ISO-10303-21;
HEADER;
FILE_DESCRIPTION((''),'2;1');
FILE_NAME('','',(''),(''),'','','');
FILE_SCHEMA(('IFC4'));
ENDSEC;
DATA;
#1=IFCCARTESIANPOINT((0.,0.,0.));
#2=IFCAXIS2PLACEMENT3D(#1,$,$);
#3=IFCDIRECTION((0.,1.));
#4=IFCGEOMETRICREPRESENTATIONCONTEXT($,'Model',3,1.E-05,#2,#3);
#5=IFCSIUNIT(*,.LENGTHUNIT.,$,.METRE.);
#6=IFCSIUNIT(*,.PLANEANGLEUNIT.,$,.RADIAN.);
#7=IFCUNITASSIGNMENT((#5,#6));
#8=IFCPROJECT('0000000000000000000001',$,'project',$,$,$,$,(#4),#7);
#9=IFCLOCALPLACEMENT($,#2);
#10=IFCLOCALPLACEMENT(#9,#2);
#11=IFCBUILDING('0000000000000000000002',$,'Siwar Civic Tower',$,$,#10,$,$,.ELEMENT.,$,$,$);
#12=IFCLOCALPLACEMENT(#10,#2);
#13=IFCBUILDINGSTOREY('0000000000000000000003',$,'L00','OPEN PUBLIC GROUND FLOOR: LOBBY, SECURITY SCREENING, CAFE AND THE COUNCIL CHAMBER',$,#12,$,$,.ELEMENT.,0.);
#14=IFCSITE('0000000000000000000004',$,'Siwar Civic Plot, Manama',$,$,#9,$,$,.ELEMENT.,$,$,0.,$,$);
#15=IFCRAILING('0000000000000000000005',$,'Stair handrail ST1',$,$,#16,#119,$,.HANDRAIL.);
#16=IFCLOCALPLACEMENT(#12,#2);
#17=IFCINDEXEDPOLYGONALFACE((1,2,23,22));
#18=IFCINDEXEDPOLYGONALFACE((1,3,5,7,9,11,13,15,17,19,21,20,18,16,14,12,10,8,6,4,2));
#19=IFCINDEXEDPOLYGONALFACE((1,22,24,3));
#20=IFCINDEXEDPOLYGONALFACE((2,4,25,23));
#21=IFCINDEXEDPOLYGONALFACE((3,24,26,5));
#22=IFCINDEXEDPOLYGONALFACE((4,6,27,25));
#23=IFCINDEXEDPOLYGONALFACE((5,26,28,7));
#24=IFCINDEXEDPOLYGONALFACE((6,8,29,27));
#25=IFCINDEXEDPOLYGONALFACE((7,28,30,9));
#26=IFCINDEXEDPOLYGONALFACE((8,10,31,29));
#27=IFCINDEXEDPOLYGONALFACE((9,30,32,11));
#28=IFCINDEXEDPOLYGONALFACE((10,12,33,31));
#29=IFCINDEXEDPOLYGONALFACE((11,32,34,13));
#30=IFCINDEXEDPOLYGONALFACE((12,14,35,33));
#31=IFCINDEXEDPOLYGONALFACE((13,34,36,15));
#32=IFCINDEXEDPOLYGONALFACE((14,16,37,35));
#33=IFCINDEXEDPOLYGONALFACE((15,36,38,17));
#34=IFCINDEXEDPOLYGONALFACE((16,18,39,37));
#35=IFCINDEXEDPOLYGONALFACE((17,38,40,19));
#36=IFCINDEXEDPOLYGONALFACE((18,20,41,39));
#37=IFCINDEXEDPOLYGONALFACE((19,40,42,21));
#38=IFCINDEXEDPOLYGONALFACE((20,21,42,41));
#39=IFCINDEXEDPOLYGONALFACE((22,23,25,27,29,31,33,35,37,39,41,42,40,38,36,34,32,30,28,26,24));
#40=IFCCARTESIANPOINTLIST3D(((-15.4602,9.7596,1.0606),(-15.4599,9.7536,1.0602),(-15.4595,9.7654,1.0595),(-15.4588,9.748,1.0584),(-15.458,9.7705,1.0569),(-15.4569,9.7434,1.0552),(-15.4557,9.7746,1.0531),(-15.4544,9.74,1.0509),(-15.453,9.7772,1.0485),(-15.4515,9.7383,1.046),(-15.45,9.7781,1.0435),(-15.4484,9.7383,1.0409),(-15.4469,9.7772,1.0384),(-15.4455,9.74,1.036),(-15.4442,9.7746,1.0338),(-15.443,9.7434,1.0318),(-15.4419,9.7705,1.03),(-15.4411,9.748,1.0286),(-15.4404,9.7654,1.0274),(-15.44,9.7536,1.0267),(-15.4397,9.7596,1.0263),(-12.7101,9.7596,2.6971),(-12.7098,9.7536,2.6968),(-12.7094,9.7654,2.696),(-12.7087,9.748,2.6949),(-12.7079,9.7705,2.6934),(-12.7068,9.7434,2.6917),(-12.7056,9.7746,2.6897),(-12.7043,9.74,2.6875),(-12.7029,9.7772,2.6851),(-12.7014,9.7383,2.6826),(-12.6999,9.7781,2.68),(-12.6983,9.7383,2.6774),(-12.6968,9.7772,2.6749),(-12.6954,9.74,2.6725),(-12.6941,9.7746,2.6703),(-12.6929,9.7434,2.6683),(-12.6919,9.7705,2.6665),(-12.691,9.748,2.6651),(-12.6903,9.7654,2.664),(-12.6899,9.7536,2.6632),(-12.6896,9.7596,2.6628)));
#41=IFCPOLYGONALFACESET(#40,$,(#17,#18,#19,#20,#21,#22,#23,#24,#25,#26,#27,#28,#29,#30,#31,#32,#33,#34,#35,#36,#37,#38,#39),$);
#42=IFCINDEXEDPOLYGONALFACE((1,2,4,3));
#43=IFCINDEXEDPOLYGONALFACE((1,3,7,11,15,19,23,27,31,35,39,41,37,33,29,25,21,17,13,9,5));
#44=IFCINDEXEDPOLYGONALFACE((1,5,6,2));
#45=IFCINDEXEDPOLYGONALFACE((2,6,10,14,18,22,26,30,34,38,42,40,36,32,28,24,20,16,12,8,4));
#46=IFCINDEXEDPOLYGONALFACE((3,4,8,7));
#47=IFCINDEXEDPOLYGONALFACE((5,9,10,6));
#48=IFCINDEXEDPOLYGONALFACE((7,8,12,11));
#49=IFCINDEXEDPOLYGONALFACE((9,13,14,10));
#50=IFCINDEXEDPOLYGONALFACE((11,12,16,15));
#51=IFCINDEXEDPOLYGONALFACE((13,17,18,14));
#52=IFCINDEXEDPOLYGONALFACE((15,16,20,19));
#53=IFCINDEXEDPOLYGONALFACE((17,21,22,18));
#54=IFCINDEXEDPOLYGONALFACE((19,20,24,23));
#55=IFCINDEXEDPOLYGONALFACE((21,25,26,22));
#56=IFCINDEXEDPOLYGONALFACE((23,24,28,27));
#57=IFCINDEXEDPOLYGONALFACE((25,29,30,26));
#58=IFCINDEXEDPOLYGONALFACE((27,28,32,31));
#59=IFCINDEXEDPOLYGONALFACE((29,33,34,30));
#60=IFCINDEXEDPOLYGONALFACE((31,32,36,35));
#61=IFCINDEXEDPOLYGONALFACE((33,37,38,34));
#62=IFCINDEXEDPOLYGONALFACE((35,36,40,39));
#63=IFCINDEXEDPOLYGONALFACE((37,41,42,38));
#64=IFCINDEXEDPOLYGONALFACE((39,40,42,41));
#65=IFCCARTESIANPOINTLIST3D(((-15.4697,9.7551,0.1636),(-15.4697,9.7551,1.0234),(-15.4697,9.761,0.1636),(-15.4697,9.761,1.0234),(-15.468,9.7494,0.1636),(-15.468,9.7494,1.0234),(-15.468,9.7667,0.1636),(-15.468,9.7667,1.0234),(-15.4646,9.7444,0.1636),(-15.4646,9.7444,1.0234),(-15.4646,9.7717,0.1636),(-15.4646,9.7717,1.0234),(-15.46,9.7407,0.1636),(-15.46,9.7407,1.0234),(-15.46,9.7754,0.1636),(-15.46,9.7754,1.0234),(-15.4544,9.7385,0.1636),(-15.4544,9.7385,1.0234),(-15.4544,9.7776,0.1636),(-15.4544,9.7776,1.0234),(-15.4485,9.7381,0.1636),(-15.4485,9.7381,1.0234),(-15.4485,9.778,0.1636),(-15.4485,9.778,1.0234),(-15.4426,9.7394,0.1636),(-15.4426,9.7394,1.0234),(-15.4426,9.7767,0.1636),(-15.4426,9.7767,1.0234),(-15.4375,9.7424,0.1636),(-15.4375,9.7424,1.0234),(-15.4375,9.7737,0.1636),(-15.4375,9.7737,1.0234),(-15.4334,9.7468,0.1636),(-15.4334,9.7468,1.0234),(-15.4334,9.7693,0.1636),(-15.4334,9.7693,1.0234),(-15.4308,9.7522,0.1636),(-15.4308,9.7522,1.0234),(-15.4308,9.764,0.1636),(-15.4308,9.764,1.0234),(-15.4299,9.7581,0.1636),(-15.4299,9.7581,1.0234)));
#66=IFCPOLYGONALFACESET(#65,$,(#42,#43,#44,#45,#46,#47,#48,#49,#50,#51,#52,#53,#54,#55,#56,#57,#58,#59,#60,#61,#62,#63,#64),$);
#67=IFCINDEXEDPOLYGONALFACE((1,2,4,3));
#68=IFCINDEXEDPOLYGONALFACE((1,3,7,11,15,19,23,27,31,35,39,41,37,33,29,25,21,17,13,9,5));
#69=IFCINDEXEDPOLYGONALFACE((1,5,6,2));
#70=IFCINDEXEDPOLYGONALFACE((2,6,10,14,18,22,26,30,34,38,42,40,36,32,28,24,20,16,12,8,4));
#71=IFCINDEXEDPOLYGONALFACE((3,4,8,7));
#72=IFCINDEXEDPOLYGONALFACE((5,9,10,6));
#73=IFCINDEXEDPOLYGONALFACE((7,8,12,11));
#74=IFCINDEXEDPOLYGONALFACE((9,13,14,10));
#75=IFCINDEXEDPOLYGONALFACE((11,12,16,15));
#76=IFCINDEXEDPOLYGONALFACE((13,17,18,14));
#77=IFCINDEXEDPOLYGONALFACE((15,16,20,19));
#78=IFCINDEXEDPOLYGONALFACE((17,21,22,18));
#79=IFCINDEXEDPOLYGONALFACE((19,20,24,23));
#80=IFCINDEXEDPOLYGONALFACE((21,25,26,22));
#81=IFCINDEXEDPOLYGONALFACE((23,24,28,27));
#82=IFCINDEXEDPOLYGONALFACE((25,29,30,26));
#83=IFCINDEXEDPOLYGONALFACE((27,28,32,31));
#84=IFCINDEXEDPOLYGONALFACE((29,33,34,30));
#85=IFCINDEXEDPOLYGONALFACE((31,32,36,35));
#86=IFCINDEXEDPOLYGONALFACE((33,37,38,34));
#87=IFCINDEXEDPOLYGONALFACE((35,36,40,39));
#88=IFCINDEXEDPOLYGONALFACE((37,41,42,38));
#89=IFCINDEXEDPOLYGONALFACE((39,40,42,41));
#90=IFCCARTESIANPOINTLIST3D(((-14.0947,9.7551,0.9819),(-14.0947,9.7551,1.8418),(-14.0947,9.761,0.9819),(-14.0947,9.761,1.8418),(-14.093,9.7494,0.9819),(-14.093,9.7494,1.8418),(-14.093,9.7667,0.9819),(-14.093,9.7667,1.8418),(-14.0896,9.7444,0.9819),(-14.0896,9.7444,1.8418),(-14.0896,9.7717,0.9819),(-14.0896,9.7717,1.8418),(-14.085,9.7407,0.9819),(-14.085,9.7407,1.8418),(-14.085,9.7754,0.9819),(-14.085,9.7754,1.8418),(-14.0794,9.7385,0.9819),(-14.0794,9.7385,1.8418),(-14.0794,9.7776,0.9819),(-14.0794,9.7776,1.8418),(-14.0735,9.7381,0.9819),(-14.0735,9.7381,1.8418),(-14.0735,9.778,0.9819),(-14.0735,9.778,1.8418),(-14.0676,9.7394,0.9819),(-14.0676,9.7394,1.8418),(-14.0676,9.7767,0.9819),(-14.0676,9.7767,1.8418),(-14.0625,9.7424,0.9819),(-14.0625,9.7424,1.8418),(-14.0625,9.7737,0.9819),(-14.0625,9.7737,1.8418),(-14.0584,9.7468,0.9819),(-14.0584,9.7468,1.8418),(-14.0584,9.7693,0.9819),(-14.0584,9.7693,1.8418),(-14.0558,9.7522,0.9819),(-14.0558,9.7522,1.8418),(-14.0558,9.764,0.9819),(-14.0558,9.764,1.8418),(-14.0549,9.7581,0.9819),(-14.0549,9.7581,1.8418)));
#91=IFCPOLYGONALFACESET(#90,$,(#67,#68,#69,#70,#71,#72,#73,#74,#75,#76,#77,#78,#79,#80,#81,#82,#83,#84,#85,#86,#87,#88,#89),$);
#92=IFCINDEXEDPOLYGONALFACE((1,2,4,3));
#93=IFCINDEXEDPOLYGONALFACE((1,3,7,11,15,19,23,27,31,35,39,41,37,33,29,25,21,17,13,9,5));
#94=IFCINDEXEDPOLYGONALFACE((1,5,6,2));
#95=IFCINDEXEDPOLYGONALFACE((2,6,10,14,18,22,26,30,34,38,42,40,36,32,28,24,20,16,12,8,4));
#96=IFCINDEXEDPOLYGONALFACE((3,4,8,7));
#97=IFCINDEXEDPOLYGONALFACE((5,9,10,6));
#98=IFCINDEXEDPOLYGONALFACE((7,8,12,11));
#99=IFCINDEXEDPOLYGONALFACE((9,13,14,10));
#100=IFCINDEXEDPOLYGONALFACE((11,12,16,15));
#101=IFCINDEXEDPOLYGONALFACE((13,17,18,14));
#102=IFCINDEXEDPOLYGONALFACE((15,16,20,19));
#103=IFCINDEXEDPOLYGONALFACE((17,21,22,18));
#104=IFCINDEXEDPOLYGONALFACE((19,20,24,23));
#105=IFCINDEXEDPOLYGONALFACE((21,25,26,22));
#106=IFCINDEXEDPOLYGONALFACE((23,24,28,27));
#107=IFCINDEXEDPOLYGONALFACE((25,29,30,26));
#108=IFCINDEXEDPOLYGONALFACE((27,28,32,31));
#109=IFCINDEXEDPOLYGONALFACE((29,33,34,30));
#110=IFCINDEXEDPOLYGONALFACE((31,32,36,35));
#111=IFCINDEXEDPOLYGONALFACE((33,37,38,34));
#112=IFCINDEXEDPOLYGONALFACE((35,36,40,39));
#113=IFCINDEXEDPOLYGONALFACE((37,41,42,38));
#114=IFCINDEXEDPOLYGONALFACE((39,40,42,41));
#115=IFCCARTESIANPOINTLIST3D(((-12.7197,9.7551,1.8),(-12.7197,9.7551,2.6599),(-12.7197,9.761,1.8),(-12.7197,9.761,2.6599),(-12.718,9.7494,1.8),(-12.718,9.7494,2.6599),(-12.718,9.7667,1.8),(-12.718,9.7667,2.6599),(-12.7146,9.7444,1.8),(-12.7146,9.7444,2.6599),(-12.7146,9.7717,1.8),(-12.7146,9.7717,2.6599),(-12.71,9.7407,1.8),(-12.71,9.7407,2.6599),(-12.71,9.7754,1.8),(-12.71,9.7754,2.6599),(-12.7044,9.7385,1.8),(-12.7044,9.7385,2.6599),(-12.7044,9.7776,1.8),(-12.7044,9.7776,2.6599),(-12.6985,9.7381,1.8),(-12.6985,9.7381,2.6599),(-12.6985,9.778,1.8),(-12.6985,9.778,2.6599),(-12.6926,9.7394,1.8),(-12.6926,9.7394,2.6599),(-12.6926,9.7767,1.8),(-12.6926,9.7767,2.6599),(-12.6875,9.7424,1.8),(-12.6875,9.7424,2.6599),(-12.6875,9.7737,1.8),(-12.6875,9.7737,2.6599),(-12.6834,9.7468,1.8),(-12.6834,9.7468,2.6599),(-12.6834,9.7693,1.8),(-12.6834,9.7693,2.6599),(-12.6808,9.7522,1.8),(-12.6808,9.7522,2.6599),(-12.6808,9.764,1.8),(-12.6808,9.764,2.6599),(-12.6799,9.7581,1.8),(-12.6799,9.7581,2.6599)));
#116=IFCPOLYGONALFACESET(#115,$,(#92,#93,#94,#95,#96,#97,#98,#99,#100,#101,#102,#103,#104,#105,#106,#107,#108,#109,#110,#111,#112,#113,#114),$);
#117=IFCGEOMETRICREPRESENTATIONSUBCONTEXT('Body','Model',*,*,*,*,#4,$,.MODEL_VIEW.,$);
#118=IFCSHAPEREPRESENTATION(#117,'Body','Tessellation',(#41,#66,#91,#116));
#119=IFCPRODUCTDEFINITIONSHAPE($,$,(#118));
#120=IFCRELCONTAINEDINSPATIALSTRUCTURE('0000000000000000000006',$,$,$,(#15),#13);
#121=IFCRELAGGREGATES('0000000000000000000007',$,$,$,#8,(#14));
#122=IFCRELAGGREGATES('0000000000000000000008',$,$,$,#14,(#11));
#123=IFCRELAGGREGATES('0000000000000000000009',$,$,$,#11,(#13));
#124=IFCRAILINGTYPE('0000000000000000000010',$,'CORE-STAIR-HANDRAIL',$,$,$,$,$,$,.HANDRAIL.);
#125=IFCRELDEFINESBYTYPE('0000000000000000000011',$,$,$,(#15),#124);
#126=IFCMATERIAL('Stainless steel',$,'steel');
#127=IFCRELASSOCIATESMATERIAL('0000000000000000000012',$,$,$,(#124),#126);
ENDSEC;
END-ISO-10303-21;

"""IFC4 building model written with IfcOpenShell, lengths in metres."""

from ifc_helpers import new_model, si_unit, direction, frame, origin, origin_2d, place, context, subcontext, project, spatial, circle, extrude, material, type_object, element, save


model = new_model("IFC4")

# Units and contexts
model_context = context("Model", 3, precision=1e-05, world=origin(), true_north=direction((0.0, 1.0)))
body_context = subcontext(model_context, "Body", "Model", "MODEL_VIEW")
ifc_project = project(units=[si_unit("LENGTHUNIT", "METRE"), si_unit("PLANEANGLEUNIT", "RADIAN")], contexts=[model_context])

# Site, building, storey
site_placement = place(None, origin())
site = spatial("IfcSite", under=ifc_project, at=site_placement, Name="Siwar Civic Plot, Manama", CompositionType="ELEMENT", RefElevation=0.0)
building_placement = place(site_placement, origin())
building = spatial("IfcBuilding", under=site, at=building_placement, Name="Siwar Civic Tower", CompositionType="ELEMENT")
storey_placement = place(building_placement, origin())
storey = spatial("IfcBuildingStorey", under=building, at=storey_placement, Name="L00", Description="OPEN PUBLIC GROUND FLOOR: LOBBY, SECURITY SCREENING, CAFE AND THE COUNCIL CHAMBER", CompositionType="ELEMENT", Elevation=0.0)

# Railing
ifc_material_1 = material(Name="Stainless steel", Category="steel")
railing_type_1 = type_object("IfcRailingType", Name="CORE-STAIR-HANDRAIL", PredefinedType="HANDRAIL", material=ifc_material_1)
railing_1_placement = place(storey_placement, frame((-15.45, 9.7581, 0.1636)))
element("IfcRailing", 1, at=railing_1_placement, inside=storey, type_object=railing_type_1, Name="Stair handrail ST1", PredefinedType="HANDRAIL", context=body_context, shape_type="SweptSolid", body=[
    extrude(circle(Radius=0.02, at=origin_2d()), frame((0.0, 0.0, 0.8799), z_axis=(0.859352, 0.0, 0.511385), x_axis=(0.0, 1.0, 0.0)), (0.0, 0.0, 1.0), 3.2002),
    extrude(circle(Radius=0.02, at=origin_2d()), origin(), (0.0, 0.0, 1.0), 0.8599),
    extrude(circle(Radius=0.02, at=origin_2d()), frame((1.375, 0.0, 0.8184)), (0.0, 0.0, 1.0), 0.8599),
    extrude(circle(Radius=0.02, at=origin_2d()), frame((2.75, 0.0, 1.6365)), (0.0, 0.0, 1.0), 0.8599),
])

save(model, "model.ifc")
